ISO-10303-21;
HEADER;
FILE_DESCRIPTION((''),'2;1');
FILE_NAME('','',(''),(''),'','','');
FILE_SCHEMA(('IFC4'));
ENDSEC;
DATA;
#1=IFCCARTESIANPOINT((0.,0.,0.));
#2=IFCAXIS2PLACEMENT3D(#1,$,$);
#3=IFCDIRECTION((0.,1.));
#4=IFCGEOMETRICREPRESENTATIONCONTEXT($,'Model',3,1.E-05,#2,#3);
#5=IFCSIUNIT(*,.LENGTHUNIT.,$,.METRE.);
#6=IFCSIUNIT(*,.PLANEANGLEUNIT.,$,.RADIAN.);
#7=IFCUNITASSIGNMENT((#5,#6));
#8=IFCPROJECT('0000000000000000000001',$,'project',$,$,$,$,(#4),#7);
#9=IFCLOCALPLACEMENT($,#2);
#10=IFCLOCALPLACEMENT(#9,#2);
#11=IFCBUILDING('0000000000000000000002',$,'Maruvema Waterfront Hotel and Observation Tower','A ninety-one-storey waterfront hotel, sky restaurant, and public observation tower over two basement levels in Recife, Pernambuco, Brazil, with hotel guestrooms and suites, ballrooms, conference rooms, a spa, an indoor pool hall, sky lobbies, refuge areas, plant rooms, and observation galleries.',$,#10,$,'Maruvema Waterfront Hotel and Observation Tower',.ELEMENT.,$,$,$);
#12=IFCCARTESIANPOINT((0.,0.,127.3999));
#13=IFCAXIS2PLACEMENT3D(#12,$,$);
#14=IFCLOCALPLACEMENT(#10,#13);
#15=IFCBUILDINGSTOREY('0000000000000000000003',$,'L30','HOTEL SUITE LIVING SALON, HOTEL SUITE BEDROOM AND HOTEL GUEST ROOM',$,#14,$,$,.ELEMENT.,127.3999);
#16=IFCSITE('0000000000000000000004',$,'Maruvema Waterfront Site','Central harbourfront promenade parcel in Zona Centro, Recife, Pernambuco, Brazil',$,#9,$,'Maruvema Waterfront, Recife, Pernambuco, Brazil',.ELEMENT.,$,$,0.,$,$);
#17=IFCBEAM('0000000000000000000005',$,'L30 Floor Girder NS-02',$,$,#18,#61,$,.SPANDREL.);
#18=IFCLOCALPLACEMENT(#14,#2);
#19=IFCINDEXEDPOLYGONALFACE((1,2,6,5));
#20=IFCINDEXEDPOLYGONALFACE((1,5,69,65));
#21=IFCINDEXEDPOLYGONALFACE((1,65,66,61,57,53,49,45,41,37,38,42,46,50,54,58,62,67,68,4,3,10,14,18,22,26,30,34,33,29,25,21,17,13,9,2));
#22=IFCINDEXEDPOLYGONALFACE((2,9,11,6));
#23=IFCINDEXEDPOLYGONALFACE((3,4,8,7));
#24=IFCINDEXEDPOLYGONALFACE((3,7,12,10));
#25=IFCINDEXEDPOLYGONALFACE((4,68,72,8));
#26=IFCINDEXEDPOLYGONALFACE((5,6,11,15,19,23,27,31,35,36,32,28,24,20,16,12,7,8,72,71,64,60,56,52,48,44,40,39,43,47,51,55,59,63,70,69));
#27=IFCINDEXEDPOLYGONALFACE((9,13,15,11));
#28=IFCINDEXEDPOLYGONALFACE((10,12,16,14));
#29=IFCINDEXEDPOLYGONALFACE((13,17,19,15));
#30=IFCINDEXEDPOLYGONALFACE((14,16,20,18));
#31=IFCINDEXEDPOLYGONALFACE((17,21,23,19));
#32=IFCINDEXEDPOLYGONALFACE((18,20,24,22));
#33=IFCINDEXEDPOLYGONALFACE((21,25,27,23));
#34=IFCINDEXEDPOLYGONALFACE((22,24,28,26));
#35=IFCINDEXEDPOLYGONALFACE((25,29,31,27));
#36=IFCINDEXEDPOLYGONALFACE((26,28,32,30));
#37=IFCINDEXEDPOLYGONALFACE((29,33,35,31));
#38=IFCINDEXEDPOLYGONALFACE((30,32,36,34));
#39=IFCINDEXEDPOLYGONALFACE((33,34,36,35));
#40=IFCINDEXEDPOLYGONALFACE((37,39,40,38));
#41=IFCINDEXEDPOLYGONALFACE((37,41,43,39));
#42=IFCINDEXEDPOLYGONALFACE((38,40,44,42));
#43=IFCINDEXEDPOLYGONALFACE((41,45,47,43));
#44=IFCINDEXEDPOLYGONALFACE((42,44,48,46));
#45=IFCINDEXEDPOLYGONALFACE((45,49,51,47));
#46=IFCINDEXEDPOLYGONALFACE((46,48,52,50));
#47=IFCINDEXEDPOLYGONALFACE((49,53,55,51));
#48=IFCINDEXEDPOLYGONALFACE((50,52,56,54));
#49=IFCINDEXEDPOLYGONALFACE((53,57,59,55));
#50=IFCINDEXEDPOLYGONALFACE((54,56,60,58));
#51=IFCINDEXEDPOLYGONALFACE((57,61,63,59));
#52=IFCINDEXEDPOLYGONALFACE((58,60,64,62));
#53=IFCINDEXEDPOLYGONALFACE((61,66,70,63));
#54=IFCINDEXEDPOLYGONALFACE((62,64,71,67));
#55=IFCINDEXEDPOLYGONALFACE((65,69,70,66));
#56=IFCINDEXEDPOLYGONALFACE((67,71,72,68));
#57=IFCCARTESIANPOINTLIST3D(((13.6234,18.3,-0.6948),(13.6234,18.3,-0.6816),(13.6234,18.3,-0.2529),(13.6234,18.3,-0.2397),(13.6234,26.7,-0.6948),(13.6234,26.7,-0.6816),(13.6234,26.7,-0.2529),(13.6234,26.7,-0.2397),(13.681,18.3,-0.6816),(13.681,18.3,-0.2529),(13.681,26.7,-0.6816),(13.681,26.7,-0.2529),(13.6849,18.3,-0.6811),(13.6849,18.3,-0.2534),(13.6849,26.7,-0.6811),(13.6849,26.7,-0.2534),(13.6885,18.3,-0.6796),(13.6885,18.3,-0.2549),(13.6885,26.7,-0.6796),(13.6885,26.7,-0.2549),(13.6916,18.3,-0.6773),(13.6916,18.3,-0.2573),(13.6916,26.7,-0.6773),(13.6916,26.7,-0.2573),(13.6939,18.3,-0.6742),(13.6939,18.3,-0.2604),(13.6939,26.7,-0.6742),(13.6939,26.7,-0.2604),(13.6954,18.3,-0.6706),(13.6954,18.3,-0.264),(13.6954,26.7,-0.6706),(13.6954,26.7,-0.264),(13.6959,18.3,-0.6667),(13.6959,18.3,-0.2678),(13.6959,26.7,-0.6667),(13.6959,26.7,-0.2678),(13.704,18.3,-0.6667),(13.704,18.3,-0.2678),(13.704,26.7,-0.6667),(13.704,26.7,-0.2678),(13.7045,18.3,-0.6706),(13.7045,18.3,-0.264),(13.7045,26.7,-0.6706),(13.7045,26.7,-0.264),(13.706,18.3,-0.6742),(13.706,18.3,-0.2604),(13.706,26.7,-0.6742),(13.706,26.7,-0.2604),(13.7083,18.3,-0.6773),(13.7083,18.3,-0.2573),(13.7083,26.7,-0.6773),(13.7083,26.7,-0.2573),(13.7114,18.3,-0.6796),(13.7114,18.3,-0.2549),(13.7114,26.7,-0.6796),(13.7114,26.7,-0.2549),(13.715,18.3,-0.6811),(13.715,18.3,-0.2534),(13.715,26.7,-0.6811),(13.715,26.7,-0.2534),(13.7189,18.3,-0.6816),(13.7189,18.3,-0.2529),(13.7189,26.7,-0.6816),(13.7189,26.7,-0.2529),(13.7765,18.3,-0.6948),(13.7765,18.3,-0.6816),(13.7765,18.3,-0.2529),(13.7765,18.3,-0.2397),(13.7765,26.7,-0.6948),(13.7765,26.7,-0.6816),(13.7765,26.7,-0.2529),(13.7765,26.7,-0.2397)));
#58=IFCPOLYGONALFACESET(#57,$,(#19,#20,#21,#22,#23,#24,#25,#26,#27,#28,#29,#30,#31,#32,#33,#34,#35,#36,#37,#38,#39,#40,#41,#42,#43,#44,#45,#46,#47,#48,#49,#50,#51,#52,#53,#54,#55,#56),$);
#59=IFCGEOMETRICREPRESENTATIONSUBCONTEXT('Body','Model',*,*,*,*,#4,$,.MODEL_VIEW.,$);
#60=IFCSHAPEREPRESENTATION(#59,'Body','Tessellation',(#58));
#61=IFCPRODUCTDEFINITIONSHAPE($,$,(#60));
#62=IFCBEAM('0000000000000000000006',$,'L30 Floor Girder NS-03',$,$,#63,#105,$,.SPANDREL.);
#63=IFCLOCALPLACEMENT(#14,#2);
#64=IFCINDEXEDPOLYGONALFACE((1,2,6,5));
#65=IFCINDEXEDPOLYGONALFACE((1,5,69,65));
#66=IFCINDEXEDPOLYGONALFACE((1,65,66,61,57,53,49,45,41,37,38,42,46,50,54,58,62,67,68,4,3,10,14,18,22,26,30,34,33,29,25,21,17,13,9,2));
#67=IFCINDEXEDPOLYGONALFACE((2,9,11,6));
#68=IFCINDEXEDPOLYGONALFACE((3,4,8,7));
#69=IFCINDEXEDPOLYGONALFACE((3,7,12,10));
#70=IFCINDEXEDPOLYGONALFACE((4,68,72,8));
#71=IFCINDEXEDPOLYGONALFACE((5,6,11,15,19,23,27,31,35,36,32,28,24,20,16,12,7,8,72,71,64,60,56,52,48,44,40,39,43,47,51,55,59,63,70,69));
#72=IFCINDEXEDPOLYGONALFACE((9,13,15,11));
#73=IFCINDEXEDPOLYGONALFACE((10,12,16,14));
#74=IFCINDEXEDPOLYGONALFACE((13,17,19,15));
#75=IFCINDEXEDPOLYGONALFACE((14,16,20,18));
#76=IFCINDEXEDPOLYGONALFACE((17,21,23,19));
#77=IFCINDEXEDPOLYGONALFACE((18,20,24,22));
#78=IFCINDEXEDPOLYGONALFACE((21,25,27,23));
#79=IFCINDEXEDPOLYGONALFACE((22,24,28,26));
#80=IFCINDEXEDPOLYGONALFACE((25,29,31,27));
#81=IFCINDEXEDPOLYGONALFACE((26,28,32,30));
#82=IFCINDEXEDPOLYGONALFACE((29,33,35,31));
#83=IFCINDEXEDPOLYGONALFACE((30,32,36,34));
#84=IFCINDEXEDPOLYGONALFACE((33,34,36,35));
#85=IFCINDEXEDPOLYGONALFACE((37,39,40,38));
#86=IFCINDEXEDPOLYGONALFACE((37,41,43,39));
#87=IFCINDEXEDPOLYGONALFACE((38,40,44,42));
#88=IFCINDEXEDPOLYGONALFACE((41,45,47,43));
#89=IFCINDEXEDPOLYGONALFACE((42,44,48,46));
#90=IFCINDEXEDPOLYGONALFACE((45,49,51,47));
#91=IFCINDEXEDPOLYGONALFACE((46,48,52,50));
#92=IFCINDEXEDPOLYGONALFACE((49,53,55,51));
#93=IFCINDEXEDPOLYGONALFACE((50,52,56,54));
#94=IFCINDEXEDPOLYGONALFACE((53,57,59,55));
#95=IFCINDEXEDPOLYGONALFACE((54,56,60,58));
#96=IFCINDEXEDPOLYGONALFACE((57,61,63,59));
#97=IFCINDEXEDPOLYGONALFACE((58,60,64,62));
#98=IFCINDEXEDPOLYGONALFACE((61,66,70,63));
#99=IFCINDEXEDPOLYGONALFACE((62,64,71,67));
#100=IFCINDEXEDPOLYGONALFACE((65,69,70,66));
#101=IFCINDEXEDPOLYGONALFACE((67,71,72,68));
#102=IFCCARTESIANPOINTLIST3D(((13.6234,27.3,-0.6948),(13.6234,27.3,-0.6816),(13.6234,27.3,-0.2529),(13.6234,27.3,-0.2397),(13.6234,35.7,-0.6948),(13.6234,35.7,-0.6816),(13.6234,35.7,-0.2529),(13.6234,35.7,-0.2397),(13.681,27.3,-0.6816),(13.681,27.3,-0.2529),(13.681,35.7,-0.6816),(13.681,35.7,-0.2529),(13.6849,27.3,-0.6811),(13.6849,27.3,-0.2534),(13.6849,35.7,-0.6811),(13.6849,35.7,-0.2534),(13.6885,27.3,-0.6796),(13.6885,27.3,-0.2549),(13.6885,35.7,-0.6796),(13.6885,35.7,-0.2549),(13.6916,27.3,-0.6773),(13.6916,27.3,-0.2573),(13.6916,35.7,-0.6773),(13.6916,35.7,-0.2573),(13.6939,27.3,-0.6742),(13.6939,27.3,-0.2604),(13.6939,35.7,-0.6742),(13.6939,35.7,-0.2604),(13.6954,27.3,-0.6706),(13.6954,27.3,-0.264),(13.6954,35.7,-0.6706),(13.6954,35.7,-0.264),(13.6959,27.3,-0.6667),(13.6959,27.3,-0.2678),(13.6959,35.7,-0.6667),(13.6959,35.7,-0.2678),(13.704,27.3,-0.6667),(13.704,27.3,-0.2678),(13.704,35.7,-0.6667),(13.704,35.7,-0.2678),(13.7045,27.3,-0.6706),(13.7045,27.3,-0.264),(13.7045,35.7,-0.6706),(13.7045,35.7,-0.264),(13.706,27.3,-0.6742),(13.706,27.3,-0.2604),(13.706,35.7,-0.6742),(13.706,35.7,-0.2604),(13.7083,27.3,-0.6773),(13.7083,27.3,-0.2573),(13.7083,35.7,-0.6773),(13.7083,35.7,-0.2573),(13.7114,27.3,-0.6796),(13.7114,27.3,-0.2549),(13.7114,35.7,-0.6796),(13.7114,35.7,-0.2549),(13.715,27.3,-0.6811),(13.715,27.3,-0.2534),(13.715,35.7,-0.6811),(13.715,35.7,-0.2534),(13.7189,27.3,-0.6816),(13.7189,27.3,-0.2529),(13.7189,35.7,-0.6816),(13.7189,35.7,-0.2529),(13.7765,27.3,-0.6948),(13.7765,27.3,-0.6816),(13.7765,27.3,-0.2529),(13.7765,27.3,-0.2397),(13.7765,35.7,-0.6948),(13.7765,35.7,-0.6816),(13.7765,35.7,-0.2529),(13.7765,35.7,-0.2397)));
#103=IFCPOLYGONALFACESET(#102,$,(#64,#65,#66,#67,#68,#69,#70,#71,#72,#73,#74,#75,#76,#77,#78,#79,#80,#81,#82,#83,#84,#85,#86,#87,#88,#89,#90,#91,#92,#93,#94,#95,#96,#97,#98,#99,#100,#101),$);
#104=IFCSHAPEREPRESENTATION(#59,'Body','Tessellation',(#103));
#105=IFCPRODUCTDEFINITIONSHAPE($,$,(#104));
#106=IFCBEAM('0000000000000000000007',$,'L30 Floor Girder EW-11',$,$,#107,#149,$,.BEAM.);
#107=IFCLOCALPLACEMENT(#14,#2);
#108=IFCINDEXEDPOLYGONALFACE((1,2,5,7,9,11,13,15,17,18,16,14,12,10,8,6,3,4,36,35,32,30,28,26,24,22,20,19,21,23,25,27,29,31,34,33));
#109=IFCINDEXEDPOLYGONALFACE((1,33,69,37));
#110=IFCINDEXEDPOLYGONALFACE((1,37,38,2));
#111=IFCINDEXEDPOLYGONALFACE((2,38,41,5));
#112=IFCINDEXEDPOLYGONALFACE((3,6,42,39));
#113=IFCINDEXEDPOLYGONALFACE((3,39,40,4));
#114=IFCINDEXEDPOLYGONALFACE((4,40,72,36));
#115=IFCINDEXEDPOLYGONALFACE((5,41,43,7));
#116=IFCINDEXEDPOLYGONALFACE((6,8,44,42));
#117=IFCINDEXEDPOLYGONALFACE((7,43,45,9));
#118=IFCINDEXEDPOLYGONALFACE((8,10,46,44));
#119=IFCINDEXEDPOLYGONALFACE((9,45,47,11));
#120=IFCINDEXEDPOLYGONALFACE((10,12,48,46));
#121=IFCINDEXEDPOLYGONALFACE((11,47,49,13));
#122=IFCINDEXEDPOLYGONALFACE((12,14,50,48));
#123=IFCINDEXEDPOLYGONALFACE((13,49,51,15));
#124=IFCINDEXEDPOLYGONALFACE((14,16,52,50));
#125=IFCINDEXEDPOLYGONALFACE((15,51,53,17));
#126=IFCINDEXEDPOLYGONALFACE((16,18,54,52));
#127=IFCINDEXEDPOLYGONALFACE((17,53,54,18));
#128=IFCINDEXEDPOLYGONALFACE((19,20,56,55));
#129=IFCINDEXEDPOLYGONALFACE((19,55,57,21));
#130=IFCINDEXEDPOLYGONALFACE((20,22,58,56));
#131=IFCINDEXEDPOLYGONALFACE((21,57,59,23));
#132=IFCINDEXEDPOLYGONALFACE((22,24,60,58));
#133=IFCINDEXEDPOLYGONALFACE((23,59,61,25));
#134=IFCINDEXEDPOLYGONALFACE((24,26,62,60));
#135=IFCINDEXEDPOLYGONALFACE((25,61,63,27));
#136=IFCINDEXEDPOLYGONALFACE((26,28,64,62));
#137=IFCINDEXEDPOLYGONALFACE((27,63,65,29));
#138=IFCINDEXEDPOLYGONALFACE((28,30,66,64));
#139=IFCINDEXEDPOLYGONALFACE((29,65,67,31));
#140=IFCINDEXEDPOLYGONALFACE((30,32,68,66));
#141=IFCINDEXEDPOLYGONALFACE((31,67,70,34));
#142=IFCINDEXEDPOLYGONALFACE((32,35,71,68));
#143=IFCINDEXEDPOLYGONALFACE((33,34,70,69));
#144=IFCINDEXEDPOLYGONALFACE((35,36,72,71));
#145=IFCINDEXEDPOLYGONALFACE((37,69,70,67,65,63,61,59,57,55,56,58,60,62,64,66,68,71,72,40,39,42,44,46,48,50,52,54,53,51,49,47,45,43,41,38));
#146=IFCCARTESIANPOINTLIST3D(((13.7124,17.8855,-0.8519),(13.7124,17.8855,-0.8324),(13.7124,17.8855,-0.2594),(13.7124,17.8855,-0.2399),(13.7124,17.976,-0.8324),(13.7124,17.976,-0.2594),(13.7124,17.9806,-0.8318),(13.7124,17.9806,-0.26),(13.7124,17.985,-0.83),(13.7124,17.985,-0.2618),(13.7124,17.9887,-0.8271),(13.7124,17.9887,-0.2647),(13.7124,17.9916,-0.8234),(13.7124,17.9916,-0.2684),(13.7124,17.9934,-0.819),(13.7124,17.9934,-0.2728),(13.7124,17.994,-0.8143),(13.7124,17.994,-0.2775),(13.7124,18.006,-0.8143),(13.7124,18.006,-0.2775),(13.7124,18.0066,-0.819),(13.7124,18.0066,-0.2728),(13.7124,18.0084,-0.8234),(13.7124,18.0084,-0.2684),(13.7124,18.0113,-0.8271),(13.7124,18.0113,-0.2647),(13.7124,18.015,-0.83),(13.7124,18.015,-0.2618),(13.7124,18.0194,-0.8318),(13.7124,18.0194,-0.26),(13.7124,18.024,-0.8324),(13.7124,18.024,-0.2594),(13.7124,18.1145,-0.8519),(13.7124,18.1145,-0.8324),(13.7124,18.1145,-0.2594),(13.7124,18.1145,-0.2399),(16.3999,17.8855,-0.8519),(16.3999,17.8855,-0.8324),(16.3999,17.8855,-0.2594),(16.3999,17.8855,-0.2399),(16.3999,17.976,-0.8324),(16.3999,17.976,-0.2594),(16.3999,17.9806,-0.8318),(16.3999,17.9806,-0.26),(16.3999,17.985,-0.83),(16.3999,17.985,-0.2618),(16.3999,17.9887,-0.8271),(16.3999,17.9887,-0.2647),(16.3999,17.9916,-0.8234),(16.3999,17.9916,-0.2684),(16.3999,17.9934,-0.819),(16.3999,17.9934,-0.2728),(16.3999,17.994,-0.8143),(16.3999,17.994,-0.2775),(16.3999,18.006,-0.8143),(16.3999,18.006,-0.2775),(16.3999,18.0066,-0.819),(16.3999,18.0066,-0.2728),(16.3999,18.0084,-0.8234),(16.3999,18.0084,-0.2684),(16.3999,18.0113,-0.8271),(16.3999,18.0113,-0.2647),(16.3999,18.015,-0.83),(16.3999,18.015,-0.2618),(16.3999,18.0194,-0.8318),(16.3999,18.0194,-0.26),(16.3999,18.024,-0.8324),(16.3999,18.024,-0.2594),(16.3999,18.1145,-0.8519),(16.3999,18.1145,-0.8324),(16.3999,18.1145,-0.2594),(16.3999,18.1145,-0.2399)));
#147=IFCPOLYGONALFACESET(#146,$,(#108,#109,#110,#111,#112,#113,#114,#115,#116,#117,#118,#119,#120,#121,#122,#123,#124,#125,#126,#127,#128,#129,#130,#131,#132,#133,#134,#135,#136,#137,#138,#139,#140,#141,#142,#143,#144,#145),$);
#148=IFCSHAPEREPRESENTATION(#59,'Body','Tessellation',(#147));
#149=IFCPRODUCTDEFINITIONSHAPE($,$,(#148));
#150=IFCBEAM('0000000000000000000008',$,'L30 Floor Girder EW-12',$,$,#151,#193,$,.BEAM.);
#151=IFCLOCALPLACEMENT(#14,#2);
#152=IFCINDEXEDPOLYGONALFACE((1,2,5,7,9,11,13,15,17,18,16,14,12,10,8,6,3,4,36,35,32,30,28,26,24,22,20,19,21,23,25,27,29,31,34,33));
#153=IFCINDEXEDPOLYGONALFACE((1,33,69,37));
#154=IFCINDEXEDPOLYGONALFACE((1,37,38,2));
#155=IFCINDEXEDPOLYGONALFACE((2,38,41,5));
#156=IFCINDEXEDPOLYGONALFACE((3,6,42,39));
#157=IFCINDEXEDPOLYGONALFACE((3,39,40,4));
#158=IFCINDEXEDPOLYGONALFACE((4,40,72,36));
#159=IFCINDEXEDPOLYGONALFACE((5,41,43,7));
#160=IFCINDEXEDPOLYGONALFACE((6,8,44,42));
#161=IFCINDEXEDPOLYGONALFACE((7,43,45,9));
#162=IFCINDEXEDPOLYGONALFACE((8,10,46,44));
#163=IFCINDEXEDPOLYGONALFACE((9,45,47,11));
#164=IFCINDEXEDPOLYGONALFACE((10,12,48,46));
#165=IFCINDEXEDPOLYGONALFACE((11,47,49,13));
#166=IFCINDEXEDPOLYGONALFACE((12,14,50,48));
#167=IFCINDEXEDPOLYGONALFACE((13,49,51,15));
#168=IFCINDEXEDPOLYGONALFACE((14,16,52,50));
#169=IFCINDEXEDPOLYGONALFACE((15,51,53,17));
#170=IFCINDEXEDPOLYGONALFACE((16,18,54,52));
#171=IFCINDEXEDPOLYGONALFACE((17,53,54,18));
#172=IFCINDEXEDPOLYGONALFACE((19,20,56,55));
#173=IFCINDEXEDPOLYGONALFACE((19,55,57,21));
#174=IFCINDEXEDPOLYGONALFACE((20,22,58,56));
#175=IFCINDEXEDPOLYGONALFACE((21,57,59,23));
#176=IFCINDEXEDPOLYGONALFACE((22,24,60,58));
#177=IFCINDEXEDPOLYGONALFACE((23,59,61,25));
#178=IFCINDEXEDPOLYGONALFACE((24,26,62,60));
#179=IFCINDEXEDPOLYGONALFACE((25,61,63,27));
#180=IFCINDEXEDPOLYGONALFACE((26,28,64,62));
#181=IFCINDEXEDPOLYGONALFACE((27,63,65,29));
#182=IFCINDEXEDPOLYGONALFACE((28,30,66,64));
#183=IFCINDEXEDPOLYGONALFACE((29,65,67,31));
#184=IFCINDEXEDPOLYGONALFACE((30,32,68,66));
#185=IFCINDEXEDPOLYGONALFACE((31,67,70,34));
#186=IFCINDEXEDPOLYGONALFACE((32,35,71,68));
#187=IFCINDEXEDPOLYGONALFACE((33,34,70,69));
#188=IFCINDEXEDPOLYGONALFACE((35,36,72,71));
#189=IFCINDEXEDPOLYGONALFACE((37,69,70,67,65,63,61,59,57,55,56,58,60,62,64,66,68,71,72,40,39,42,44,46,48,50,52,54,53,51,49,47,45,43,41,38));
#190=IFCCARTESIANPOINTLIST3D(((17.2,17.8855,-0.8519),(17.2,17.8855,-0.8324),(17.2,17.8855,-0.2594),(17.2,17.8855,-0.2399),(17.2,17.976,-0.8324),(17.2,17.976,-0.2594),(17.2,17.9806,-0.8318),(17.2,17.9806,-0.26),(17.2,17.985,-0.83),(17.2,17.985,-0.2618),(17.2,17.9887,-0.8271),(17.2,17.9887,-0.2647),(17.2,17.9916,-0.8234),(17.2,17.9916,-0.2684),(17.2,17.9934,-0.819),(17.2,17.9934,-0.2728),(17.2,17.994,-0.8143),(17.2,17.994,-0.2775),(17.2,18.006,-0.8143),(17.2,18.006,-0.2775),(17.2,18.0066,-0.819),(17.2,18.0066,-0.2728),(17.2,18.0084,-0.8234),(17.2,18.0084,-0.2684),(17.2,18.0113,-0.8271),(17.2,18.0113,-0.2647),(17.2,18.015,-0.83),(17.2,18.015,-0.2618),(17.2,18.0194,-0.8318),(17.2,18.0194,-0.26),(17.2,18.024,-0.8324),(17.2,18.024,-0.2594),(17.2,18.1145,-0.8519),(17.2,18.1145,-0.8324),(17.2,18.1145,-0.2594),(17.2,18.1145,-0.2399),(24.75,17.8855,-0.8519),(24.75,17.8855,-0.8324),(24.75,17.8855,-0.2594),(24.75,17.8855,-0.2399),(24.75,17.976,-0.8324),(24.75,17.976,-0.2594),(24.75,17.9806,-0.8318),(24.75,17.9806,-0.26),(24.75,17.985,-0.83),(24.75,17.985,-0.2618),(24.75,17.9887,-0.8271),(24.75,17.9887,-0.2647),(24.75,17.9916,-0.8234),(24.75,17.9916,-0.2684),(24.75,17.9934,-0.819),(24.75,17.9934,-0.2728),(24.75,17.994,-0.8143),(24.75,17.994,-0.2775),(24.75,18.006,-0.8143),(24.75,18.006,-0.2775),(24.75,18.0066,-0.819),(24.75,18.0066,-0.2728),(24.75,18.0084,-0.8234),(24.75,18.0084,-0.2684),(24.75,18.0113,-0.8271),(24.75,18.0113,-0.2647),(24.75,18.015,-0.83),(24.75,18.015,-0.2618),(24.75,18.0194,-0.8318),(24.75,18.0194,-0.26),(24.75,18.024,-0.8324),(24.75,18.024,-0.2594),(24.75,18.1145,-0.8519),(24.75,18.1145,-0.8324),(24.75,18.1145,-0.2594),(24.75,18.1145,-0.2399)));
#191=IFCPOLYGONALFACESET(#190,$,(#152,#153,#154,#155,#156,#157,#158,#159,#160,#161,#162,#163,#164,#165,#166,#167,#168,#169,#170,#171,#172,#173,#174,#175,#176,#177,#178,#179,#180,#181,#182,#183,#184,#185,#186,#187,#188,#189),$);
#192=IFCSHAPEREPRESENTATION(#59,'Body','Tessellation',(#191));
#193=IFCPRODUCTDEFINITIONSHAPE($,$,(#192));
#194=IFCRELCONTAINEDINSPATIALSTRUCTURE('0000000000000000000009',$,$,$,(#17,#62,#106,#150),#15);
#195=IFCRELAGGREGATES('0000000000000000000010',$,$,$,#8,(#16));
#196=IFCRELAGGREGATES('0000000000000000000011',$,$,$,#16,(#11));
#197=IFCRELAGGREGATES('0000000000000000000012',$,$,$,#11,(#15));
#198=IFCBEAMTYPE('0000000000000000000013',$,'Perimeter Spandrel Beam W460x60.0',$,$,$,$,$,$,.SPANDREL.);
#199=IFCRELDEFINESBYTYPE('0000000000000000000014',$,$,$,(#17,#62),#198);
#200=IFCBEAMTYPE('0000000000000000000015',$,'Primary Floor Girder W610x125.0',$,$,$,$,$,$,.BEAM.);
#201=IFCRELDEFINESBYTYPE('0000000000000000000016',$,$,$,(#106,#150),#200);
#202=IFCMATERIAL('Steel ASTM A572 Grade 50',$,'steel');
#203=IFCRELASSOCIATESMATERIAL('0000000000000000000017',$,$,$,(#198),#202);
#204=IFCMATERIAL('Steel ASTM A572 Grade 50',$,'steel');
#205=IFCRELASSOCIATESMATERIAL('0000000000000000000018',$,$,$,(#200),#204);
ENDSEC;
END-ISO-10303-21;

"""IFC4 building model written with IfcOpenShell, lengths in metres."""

from ifc_helpers import new_model, si_unit, direction, frame, origin, origin_2d, place, context, subcontext, project, spatial, i_section, extrude, material, material_profile, profile_set, type_object, element, save


model = new_model("IFC4")

# Units and contexts
model_context = context("Model", 3, precision=1e-05, world=origin(), true_north=direction((0.0, 1.0)))
body_context = subcontext(model_context, "Body", "Model", "MODEL_VIEW")
ifc_project = project(units=[si_unit("LENGTHUNIT", "METRE"), si_unit("PLANEANGLEUNIT", "RADIAN")], contexts=[model_context])

# Site, building, storey
site_placement = place(None, origin())
site = spatial("IfcSite", under=ifc_project, at=site_placement, Name="Maruvema Waterfront Site", Description="Central harbourfront promenade parcel in Zona Centro, Recife, Pernambuco, Brazil", LongName="Maruvema Waterfront, Recife, Pernambuco, Brazil", CompositionType="ELEMENT", RefElevation=0.0)
building_placement = place(site_placement, origin())
building = spatial("IfcBuilding", under=site, at=building_placement, Name="Maruvema Waterfront Hotel and Observation Tower", Description="A ninety-one-storey waterfront hotel, sky restaurant, and public observation tower over two basement levels in Recife, Pernambuco, Brazil, with hotel guestrooms and suites, ballrooms, conference rooms, a spa, an indoor pool hall, sky lobbies, refuge areas, plant rooms, and observation galleries.", LongName="Maruvema Waterfront Hotel and Observation Tower", CompositionType="ELEMENT")
storey_placement = place(building_placement, frame((0.0, 0.0, 127.3999)))
storey = spatial("IfcBuildingStorey", under=building, at=storey_placement, Name="L30", Description="HOTEL SUITE LIVING SALON, HOTEL SUITE BEDROOM AND HOTEL GUEST ROOM", CompositionType="ELEMENT", Elevation=127.3999)

# Beams
ifc_material_1 = material(Name="Steel ASTM A572 Grade 50", Category="steel")
ifc_material_profile_1 = material_profile(ifc_material_1, i_section(OverallWidth=0.1531, OverallDepth=0.4551, WebThickness=0.0081, FlangeThickness=0.0132, FilletRadius=0.0149, at=origin_2d()), Name="W460x60.0")
ifc_profile_set_1 = profile_set([ifc_material_profile_1], Name="Steel ASTM A572 Grade 50")
beam_type_1 = type_object("IfcBeamType", Name="Perimeter Spandrel Beam W460x60.0", PredefinedType="SPANDREL", material=ifc_profile_set_1)
for number, where, z_axis, x_axis, name in (
    (1, (13.7, 18.3, -0.4673), (0.0, 1.0, 0.0), (-1.0, 0.0, 0.0), "L30 Floor Girder NS-02"),
    (2, (13.7, 27.3, -0.4673), (0.0, 1.0, 0.0), (-1.0, 0.0, 0.0), "L30 Floor Girder NS-03"),
):
    element("IfcBeam", number, at=place(storey_placement, frame(where, z_axis=z_axis, x_axis=x_axis)), inside=storey, type_object=beam_type_1, Name=name, PredefinedType="SPANDREL", context=body_context, shape_type="SweptSolid", body=[
        extrude(i_section(OverallWidth=0.1531, OverallDepth=0.4551, WebThickness=0.0081, FlangeThickness=0.0132, FilletRadius=0.0149, at=origin_2d()), origin(), (0.0, 0.0, 1.0), 8.3999),
    ])
ifc_material_2 = material(Name="Steel ASTM A572 Grade 50", Category="steel")
ifc_material_profile_2 = material_profile(ifc_material_2, i_section(OverallWidth=0.229, OverallDepth=0.6121, WebThickness=0.012, FlangeThickness=0.0195, FilletRadius=0.0181, at=origin_2d()), Name="W610x125.0")
ifc_profile_set_2 = profile_set([ifc_material_profile_2], Name="Steel ASTM A572 Grade 50")
beam_type_2 = type_object("IfcBeamType", Name="Primary Floor Girder W610x125.0", PredefinedType="BEAM", material=ifc_profile_set_2)
beam_1_placement = place(storey_placement, frame((13.7124, 18.0, -0.5459), z_axis=(1.0, 0.0, 0.0), x_axis=(0.0, 1.0, 0.0)))
element("IfcBeam", 3, at=beam_1_placement, inside=storey, type_object=beam_type_2, Name="L30 Floor Girder EW-11", PredefinedType="BEAM", context=body_context, shape_type="SweptSolid", body=[
    extrude(i_section(OverallWidth=0.229, OverallDepth=0.6121, WebThickness=0.012, FlangeThickness=0.0195, FilletRadius=0.0181, at=origin_2d()), origin(), (0.0, 0.0, 1.0), 2.6875),
])
beam_2_placement = place(storey_placement, frame((17.2, 18.0, -0.5459), z_axis=(1.0, 0.0, 0.0), x_axis=(0.0, 1.0, 0.0)))
element("IfcBeam", 4, at=beam_2_placement, inside=storey, type_object=beam_type_2, Name="L30 Floor Girder EW-12", PredefinedType="BEAM", context=body_context, shape_type="SweptSolid", body=[
    extrude(i_section(OverallWidth=0.229, OverallDepth=0.6121, WebThickness=0.012, FlangeThickness=0.0195, FilletRadius=0.0181, at=origin_2d()), origin(), (0.0, 0.0, 1.0), 7.55),
])

save(model, "model.ifc")
